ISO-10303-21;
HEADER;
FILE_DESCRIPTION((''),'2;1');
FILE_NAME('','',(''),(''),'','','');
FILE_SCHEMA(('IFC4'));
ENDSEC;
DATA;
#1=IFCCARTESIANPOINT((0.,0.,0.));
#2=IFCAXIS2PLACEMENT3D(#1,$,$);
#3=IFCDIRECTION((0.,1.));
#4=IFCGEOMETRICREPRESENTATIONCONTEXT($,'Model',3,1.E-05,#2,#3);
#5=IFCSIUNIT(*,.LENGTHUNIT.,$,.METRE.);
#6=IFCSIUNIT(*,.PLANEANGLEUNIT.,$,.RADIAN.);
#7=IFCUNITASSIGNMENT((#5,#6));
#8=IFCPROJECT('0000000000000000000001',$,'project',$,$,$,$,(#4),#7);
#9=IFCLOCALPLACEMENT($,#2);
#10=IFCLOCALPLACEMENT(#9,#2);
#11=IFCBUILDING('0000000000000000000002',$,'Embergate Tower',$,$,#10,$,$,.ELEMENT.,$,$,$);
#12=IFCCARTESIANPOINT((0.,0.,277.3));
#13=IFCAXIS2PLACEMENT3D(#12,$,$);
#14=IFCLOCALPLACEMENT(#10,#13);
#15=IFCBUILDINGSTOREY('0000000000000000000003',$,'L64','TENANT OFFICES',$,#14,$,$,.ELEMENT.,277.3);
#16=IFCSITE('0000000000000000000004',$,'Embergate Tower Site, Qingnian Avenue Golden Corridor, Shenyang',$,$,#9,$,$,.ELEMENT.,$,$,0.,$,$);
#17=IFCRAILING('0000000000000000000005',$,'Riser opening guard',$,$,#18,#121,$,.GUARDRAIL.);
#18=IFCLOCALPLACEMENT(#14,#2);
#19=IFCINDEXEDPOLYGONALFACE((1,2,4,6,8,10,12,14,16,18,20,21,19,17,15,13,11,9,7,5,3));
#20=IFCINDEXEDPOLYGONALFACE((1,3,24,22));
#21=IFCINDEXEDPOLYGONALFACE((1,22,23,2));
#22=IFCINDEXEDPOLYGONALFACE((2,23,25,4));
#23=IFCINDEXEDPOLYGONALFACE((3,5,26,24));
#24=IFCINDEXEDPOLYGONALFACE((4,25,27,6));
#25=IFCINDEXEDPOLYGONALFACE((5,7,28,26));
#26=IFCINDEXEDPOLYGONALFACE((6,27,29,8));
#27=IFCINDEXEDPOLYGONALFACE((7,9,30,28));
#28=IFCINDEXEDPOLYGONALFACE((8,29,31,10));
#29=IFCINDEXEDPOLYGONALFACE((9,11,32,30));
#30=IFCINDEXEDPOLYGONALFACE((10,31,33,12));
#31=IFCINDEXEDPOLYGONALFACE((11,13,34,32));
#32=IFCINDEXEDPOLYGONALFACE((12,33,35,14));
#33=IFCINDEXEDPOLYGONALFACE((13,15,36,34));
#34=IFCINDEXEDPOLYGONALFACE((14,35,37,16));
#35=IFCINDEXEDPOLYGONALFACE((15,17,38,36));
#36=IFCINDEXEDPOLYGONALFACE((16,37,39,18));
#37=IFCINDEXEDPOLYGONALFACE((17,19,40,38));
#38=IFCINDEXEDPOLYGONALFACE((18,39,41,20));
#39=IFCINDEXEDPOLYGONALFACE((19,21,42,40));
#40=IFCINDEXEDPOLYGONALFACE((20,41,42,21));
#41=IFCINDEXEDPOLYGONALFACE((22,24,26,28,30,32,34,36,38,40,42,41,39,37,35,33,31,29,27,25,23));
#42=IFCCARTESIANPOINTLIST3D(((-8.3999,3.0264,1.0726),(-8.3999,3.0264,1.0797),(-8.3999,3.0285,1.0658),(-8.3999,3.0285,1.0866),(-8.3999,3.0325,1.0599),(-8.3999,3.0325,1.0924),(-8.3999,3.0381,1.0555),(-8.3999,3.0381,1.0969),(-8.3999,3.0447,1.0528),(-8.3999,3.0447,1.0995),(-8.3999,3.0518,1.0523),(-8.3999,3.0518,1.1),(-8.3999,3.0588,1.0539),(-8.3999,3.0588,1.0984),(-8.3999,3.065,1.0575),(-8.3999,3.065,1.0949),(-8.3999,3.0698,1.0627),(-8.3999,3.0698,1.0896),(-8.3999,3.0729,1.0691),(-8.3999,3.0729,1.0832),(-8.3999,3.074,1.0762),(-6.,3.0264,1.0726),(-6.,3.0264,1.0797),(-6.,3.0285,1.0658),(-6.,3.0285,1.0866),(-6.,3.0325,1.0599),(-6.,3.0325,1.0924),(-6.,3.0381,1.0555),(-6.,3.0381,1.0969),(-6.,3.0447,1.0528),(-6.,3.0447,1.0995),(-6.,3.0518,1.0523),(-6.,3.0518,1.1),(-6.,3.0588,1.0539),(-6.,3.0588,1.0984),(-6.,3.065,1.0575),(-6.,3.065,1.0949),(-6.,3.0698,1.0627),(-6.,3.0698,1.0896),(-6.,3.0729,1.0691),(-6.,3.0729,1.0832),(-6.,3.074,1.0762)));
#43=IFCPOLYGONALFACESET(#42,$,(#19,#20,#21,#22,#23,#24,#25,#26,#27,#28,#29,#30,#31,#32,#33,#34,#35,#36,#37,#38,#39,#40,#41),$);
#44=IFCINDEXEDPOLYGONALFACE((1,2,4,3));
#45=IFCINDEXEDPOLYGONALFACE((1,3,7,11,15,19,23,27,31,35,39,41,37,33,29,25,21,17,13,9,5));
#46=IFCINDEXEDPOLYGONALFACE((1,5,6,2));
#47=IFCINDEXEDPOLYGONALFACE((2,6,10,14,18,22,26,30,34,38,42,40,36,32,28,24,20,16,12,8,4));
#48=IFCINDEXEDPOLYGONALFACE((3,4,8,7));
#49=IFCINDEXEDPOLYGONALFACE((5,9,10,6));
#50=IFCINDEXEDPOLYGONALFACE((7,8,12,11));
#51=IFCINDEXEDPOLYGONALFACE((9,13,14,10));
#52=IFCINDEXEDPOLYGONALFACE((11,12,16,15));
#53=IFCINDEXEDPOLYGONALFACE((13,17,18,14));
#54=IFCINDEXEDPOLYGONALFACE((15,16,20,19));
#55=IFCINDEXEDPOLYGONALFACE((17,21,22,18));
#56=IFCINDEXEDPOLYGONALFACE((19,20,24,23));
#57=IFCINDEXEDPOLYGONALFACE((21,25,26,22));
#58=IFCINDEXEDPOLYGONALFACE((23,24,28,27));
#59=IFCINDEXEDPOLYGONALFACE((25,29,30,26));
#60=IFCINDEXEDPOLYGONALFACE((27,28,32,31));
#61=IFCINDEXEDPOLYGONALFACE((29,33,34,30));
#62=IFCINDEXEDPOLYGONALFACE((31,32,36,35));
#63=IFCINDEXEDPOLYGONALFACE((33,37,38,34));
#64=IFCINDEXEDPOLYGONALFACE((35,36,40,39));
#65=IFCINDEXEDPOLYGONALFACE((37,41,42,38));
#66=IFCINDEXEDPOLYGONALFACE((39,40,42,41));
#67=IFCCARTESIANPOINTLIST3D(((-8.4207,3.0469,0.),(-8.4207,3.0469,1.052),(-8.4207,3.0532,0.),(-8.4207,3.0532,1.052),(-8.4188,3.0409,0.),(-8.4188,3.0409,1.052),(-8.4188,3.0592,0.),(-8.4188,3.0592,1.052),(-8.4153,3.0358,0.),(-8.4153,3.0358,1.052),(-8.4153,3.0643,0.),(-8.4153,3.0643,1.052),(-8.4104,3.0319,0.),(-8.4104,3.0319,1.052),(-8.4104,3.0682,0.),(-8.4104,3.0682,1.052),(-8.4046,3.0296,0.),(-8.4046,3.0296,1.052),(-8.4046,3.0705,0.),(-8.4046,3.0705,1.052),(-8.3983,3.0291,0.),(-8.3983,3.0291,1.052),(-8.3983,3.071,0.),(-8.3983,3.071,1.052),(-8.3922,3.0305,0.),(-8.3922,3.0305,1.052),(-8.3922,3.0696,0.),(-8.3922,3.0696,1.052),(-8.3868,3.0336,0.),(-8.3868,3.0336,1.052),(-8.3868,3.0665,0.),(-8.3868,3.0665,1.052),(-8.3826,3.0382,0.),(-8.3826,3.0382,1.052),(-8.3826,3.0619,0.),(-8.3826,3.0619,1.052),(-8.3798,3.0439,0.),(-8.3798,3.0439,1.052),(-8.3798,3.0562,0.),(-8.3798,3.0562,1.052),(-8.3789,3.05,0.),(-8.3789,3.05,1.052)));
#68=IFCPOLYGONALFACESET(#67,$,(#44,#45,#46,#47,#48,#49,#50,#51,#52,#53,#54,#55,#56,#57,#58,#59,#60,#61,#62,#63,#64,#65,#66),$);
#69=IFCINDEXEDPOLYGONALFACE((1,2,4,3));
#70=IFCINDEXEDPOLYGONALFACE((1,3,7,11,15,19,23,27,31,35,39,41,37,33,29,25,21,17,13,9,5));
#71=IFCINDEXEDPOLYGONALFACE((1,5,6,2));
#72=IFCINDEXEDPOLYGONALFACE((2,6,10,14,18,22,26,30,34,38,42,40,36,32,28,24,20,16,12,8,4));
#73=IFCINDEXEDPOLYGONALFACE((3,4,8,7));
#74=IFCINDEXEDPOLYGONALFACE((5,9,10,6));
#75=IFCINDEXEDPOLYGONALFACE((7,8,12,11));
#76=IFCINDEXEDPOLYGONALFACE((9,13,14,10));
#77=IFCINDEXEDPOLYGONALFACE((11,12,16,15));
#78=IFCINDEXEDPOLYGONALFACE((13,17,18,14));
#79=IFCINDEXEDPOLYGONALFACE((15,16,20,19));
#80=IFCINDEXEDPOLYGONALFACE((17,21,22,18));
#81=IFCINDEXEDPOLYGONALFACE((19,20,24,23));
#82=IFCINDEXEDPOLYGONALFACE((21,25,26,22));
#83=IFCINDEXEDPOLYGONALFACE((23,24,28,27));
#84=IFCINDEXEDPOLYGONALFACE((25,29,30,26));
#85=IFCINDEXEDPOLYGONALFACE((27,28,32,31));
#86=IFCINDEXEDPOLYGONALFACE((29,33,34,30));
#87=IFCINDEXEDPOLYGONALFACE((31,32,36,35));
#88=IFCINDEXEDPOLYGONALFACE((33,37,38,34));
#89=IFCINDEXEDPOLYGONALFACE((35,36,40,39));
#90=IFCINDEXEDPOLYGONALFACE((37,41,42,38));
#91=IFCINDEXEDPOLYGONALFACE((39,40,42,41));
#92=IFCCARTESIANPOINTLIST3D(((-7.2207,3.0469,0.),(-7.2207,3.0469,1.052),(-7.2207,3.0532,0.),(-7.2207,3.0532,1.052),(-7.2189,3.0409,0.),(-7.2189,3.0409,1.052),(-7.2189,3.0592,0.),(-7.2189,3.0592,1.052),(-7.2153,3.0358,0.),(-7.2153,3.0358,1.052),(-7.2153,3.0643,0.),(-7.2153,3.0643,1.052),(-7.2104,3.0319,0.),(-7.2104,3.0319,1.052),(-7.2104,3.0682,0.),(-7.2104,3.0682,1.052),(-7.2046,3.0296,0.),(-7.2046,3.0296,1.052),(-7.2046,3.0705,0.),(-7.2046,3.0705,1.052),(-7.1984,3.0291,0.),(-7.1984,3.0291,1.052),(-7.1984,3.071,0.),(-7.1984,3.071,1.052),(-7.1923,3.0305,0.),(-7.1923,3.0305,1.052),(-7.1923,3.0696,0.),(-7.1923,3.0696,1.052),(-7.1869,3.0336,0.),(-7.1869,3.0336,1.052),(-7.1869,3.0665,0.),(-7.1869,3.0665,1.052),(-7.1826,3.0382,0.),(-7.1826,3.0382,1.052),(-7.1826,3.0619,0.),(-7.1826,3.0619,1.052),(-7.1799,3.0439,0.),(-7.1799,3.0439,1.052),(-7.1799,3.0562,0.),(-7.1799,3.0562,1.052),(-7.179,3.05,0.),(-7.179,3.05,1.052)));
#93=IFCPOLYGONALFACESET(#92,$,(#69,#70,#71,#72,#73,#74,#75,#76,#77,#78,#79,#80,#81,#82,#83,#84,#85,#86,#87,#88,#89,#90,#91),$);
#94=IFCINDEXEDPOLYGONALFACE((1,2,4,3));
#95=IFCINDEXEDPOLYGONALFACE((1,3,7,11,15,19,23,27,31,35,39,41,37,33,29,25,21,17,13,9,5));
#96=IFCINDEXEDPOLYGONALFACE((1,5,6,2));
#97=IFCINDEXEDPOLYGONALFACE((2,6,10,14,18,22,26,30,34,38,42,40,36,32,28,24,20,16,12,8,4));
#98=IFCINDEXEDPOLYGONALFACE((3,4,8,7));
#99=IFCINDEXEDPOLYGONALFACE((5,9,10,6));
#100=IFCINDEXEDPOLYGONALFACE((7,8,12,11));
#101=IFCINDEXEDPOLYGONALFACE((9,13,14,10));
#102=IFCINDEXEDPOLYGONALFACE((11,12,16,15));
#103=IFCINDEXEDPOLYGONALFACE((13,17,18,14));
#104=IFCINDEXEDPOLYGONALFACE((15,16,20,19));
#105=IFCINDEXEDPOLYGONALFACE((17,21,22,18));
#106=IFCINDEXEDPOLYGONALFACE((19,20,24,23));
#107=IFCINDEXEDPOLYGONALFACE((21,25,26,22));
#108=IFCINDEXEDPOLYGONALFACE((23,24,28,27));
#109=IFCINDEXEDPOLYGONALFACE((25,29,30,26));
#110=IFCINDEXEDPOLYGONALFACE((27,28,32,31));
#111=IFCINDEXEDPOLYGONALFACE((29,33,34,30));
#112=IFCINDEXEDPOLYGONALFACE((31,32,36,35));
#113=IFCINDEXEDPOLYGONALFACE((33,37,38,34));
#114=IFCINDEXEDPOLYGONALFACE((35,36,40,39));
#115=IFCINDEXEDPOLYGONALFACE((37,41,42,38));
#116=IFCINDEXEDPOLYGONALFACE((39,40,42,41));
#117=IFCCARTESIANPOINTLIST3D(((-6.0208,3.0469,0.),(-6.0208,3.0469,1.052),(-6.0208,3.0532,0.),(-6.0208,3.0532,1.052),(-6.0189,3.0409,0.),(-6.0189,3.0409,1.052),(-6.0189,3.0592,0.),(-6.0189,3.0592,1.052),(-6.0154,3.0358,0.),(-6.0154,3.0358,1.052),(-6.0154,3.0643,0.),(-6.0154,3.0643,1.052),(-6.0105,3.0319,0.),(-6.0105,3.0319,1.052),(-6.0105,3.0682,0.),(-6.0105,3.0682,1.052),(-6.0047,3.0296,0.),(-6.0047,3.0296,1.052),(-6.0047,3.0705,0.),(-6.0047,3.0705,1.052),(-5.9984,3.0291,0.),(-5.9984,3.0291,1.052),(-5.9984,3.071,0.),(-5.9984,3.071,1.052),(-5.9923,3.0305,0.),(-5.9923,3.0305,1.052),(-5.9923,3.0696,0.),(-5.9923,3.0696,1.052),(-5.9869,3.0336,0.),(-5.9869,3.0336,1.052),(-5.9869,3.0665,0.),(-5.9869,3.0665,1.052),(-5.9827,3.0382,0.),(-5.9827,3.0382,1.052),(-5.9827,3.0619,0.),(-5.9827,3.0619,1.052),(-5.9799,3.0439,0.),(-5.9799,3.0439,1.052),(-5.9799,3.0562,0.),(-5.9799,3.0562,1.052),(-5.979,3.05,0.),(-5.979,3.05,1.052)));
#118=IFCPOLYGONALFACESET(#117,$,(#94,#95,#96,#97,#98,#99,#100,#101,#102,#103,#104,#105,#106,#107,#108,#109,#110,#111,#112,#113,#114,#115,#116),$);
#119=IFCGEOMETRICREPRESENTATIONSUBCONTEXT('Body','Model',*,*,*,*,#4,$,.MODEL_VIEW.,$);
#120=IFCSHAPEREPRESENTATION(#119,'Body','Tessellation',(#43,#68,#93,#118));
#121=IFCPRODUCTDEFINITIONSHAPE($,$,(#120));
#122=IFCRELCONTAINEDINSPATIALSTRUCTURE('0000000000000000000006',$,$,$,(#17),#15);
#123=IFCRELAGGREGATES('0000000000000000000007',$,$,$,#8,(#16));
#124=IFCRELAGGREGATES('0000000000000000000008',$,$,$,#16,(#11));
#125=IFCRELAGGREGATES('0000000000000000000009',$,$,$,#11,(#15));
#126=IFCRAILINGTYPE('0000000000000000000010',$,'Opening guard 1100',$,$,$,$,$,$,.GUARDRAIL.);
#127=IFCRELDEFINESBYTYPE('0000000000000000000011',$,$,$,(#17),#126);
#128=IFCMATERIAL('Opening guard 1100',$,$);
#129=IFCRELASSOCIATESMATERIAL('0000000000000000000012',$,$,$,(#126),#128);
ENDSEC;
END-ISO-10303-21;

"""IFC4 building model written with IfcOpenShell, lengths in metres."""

from ifc_helpers import new_model, si_unit, direction, frame, origin, origin_2d, place, context, subcontext, project, spatial, circle, extrude, source, transform, mapped, material, type_object, element, save


model = new_model("IFC4")

# Units and contexts
model_context = context("Model", 3, precision=1e-05, world=origin(), true_north=direction((0.0, 1.0)))
body_context = subcontext(model_context, "Body", "Model", "MODEL_VIEW")
ifc_project = project(units=[si_unit("LENGTHUNIT", "METRE"), si_unit("PLANEANGLEUNIT", "RADIAN")], contexts=[model_context])

# Site, building, storey
site_placement = place(None, origin())
site = spatial("IfcSite", under=ifc_project, at=site_placement, Name="Embergate Tower Site, Qingnian Avenue Golden Corridor, Shenyang", CompositionType="ELEMENT", RefElevation=0.0)
building_placement = place(site_placement, origin())
building = spatial("IfcBuilding", under=site, at=building_placement, Name="Embergate Tower", CompositionType="ELEMENT")
storey_placement = place(building_placement, frame((0.0, 0.0, 277.3)))
storey = spatial("IfcBuildingStorey", under=building, at=storey_placement, Name="L64", Description="TENANT OFFICES", CompositionType="ELEMENT", Elevation=277.3)

# Railing
ifc_material_1 = material(Name="Opening guard 1100")
railing_type = type_object("IfcRailingType", Name="Opening guard 1100", PredefinedType="GUARDRAIL", material=ifc_material_1)
shared_shape_1 = source(origin(), body_context, "Body", "SweptSolid", [
    extrude(circle(Radius=0.0239, at=origin_2d()), frame((0.0, 0.0, 1.0762), z_axis=(1.0, 0.0, 0.0), x_axis=(0.0, 1.0, 0.0)), (0.0, 0.0, 1.0), 2.3999),
    extrude(circle(Radius=0.021, at=origin_2d()), origin(), (0.0, 0.0, 1.0), 1.052),
    extrude(circle(Radius=0.021, at=origin_2d()), frame((1.2, 0.0, 0.0)), (0.0, 0.0, 1.0), 1.052),
    extrude(circle(Radius=0.021, at=origin_2d()), frame((2.3999, 0.0, 0.0)), (0.0, 0.0, 1.0), 1.052),
])
railing_1_placement = place(storey_placement, frame((-8.3999, 3.05, 0.0)))
element("IfcRailing", 1, at=railing_1_placement, inside=storey, type_object=railing_type, Name="Riser opening guard", PredefinedType="GUARDRAIL", context=body_context, shape_type="MappedRepresentation", body=[
    mapped(shared_shape_1, transform((0.0, 0.0, 0.0))),
])

save(model, "model.ifc")
